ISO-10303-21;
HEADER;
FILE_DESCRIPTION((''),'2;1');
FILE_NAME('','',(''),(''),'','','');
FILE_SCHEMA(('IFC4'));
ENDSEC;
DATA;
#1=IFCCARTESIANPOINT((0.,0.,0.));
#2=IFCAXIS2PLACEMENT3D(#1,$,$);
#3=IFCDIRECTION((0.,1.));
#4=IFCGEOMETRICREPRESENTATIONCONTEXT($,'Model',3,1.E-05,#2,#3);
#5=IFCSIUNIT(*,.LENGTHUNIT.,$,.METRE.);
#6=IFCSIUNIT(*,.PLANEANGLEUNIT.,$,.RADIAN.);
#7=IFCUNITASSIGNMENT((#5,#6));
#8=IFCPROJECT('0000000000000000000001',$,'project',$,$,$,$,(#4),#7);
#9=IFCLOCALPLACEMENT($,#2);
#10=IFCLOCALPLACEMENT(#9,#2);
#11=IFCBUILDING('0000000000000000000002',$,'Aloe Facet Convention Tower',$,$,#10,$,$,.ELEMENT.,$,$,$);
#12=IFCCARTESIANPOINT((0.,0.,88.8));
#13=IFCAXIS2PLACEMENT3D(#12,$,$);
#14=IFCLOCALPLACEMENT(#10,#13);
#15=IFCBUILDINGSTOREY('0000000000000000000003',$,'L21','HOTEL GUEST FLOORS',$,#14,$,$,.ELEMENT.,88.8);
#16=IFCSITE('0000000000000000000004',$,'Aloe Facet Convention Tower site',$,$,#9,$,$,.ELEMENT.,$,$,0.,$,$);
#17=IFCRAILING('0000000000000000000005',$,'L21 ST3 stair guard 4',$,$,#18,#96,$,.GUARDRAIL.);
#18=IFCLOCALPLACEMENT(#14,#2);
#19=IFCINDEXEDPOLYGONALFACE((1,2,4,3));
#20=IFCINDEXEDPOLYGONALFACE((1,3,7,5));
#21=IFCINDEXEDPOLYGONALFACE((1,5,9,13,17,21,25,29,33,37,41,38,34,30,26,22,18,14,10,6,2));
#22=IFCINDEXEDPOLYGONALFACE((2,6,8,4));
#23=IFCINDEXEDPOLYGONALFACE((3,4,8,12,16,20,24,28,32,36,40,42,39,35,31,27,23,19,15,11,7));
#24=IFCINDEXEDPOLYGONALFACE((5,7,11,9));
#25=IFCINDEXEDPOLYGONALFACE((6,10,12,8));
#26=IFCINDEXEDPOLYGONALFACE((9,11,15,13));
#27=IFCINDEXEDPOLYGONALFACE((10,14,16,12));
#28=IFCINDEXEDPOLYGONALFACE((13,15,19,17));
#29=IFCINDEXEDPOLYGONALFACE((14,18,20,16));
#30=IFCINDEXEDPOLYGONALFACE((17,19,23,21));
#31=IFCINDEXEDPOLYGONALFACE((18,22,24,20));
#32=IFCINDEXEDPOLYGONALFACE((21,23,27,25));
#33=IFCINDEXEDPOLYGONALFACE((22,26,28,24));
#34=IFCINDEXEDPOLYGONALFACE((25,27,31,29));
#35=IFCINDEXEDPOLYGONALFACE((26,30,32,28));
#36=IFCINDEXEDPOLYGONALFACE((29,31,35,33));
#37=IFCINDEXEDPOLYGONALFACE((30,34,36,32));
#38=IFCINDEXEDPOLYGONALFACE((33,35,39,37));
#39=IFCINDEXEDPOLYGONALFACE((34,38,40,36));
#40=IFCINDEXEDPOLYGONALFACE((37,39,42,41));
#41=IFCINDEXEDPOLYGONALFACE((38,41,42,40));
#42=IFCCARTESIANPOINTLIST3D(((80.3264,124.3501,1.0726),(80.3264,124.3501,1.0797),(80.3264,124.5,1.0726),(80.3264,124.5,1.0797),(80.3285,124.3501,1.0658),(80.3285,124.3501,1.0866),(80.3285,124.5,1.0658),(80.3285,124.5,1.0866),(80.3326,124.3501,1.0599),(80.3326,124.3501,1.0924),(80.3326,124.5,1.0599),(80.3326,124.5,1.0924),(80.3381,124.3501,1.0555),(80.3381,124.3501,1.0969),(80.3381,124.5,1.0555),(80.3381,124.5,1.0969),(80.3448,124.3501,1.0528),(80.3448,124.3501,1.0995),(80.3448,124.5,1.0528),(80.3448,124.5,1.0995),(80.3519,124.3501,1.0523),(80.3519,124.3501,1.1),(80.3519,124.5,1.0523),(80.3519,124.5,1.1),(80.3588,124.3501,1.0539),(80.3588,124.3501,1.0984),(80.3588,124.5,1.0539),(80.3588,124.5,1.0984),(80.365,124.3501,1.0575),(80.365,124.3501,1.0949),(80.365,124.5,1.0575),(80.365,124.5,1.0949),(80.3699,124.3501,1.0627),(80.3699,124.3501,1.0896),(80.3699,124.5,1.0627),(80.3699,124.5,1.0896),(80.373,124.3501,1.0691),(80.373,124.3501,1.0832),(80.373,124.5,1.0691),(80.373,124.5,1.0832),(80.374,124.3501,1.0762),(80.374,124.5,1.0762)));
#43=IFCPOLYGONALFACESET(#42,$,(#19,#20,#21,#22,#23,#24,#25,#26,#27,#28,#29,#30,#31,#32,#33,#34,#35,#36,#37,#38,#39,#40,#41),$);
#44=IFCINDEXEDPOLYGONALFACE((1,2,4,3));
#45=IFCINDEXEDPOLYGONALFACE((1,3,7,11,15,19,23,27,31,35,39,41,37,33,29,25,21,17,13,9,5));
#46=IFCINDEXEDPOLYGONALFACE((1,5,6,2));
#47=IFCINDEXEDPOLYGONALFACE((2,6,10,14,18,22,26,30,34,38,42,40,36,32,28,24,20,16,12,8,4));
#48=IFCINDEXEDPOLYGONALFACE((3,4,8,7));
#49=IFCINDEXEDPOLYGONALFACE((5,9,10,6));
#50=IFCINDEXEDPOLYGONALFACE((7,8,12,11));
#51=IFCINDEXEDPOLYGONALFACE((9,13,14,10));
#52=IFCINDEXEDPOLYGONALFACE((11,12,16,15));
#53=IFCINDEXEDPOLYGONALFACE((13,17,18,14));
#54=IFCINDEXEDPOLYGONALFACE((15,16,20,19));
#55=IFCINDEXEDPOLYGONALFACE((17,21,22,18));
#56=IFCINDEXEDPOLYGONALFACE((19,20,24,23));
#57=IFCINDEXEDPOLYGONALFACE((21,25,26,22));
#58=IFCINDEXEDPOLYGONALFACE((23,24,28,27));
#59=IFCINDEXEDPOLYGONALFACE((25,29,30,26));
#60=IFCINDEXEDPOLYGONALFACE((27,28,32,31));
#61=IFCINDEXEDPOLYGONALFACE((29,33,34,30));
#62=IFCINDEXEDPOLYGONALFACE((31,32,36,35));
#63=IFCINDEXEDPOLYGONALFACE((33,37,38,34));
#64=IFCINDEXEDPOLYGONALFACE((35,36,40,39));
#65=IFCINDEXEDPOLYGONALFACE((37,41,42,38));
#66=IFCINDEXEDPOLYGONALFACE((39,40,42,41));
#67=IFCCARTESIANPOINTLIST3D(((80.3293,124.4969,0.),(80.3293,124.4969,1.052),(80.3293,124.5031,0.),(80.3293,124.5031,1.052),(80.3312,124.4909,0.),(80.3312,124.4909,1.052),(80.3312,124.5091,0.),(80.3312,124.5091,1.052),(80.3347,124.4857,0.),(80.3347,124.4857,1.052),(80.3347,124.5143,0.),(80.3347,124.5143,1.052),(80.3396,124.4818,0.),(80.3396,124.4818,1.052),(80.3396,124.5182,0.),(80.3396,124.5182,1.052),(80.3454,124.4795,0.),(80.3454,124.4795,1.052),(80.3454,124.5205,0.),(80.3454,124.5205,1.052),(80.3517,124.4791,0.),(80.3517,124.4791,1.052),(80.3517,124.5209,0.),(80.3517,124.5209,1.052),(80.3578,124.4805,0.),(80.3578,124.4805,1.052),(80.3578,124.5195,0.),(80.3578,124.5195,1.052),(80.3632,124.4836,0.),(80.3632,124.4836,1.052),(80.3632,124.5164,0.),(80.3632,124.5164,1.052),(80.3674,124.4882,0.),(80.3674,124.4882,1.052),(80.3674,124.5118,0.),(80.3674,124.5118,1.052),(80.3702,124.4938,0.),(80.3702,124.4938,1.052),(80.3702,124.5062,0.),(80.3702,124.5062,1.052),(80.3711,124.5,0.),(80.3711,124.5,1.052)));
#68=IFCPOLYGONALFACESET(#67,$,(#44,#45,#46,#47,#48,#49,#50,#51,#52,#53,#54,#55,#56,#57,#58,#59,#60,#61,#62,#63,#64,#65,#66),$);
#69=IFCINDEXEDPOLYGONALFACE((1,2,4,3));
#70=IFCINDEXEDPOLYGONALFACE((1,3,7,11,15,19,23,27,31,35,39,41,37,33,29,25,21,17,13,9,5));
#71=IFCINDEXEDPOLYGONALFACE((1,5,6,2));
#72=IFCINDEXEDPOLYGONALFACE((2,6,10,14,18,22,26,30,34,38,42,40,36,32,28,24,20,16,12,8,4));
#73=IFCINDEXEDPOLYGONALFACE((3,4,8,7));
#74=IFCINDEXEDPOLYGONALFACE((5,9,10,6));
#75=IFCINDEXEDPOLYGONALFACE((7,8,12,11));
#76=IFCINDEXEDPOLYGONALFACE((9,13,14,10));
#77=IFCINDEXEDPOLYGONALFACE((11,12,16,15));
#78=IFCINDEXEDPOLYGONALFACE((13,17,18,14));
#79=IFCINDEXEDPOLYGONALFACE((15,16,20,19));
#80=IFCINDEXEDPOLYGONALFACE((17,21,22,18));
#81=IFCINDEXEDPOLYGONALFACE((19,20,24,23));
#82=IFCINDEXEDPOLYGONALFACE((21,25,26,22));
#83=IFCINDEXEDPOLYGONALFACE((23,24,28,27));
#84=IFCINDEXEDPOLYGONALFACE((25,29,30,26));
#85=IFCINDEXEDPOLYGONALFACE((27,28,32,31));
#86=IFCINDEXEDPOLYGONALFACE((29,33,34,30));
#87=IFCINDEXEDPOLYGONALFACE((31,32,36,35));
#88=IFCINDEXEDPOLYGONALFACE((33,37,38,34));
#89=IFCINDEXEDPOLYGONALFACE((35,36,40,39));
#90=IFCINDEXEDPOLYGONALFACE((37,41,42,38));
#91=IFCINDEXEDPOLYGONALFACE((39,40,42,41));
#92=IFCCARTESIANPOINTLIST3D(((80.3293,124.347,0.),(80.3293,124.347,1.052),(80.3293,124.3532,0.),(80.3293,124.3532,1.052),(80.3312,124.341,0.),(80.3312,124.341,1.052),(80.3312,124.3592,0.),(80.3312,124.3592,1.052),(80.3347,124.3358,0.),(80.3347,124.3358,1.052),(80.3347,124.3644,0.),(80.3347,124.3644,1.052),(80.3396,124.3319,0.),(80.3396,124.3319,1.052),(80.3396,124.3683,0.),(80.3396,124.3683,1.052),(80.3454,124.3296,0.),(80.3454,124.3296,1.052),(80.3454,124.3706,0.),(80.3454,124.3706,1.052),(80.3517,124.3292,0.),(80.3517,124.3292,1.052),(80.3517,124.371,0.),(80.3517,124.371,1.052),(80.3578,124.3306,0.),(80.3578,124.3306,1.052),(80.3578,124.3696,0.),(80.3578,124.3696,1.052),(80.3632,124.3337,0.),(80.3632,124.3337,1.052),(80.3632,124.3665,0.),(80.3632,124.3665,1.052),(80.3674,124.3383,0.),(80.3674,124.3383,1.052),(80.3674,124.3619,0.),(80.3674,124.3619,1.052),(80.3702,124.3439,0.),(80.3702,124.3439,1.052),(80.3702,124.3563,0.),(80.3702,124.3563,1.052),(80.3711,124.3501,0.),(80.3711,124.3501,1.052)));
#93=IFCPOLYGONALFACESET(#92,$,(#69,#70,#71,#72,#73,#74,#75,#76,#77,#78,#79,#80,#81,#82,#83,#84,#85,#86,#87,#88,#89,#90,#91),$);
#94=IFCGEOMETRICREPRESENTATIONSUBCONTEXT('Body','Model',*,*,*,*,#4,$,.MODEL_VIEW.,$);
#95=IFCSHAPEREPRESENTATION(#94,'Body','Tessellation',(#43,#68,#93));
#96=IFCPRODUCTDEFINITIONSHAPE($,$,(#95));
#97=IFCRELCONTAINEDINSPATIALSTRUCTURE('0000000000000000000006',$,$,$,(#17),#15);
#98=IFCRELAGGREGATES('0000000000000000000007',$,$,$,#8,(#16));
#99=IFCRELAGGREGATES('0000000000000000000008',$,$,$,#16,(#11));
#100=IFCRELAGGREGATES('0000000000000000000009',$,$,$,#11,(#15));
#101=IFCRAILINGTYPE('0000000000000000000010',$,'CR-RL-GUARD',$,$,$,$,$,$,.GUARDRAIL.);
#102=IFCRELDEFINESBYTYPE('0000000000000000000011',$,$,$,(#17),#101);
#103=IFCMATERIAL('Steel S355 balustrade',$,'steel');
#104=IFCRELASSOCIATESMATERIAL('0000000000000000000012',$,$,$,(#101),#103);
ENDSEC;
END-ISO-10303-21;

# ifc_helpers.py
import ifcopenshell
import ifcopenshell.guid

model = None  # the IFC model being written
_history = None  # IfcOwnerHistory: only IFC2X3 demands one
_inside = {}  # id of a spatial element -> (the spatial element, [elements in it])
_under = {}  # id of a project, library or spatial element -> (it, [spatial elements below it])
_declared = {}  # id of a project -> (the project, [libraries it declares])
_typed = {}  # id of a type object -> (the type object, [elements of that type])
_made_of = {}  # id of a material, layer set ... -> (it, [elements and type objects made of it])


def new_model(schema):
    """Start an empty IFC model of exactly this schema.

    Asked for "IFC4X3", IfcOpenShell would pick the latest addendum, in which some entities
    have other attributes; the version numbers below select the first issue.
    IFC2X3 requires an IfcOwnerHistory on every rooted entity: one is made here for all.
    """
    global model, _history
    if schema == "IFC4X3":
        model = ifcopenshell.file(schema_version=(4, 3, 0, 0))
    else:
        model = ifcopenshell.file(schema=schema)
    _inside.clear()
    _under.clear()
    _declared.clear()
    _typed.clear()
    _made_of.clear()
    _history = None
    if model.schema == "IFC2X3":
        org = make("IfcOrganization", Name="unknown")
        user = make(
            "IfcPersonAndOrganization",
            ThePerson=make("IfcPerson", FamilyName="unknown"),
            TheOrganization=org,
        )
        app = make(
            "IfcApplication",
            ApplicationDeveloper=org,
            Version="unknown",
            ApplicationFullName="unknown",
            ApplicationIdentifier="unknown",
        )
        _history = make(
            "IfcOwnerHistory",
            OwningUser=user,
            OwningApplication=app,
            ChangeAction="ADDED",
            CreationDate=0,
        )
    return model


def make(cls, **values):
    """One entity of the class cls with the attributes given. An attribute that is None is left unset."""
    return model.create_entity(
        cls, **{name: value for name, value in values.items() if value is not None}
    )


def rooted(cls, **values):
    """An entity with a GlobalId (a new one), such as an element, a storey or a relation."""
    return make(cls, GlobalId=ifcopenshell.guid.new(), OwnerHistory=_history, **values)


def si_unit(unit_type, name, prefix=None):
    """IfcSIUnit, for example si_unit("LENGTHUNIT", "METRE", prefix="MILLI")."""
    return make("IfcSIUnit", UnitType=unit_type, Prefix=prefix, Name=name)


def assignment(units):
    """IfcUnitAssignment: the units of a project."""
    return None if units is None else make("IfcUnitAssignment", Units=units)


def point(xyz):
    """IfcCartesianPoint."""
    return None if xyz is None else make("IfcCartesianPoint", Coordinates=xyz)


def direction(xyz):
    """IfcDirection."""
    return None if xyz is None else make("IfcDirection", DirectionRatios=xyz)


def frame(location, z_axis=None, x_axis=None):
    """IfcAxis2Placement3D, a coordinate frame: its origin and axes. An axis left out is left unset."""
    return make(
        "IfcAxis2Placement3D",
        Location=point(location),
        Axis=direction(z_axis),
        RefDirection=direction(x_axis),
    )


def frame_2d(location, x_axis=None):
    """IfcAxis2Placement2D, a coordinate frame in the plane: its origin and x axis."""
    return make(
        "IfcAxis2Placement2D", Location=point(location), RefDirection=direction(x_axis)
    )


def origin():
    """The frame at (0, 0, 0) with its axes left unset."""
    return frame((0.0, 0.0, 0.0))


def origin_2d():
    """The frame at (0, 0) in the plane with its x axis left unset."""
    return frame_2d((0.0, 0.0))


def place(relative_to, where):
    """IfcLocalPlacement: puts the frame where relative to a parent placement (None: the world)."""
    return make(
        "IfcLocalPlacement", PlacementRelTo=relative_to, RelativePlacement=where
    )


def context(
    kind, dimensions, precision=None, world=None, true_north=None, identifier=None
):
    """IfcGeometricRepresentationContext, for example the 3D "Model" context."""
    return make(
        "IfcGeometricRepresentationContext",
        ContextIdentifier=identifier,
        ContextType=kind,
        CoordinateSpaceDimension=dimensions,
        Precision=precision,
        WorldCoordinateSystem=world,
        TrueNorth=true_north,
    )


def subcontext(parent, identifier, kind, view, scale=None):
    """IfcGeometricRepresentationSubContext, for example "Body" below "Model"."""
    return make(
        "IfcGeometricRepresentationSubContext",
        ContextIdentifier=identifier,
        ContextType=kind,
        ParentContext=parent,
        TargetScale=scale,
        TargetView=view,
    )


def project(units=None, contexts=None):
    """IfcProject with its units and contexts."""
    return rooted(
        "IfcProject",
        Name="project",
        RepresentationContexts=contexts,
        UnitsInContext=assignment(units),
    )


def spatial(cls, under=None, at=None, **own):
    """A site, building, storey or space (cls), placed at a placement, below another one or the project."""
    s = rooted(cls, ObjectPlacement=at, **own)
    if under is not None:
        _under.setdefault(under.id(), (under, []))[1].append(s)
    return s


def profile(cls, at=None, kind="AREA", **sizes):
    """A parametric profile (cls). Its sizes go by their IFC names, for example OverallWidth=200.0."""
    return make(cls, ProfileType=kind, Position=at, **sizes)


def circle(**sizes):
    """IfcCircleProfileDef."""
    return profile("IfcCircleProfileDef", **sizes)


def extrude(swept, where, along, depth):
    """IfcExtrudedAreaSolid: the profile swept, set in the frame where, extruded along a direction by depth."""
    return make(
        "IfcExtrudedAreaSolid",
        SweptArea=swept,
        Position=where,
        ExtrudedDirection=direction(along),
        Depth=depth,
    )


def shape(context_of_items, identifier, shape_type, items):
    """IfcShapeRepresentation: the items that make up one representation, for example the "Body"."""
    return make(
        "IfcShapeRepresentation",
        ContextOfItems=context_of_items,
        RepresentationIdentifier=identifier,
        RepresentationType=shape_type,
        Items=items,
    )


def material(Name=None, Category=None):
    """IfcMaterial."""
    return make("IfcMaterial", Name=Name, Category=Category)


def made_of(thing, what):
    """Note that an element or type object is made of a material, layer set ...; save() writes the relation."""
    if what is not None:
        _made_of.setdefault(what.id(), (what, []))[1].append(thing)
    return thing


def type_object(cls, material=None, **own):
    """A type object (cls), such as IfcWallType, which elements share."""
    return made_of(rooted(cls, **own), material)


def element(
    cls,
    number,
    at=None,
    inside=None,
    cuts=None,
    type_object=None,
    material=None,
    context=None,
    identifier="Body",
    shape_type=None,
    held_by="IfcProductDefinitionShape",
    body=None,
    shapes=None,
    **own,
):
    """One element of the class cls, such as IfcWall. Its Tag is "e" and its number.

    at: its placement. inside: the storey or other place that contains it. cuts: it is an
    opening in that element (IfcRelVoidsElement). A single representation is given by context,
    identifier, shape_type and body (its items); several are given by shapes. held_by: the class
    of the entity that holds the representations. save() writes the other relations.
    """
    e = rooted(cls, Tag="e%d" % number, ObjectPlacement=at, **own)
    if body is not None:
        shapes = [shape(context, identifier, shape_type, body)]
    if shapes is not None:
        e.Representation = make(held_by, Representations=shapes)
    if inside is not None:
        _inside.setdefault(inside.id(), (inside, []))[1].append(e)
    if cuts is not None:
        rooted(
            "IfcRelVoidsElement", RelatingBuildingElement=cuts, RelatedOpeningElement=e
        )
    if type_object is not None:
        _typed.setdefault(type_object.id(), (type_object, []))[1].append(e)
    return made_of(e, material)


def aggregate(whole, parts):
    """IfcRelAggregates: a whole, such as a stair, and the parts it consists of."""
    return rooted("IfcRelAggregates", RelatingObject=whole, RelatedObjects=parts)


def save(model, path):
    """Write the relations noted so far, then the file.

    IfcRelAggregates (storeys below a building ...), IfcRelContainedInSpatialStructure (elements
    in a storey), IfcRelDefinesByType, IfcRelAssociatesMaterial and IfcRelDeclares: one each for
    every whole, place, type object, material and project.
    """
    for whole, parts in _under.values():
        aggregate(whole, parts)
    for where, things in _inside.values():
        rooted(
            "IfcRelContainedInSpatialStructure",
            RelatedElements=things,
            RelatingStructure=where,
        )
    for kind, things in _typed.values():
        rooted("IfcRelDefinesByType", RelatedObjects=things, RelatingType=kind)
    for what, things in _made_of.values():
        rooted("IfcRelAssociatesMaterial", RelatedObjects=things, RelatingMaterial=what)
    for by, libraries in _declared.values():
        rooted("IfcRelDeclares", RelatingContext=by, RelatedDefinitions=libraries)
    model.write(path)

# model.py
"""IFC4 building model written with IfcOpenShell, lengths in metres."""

from ifc_helpers import new_model, si_unit, direction, frame, origin, origin_2d, place, context, subcontext, project, spatial, circle, extrude, material, type_object, element, save


model = new_model("IFC4")

# Units and contexts
model_context = context("Model", 3, precision=1e-05, world=origin(), true_north=direction((0.0, 1.0)))
body_context = subcontext(model_context, "Body", "Model", "MODEL_VIEW")
ifc_project = project(units=[si_unit("LENGTHUNIT", "METRE"), si_unit("PLANEANGLEUNIT", "RADIAN")], contexts=[model_context])

# Site, building, storey
site_placement = place(None, origin())
site = spatial("IfcSite", under=ifc_project, at=site_placement, Name="Aloe Facet Convention Tower site", CompositionType="ELEMENT", RefElevation=0.0)
building_placement = place(site_placement, origin())
building = spatial("IfcBuilding", under=site, at=building_placement, Name="Aloe Facet Convention Tower", CompositionType="ELEMENT")
storey_placement = place(building_placement, frame((0.0, 0.0, 88.8)))
storey = spatial("IfcBuildingStorey", under=building, at=storey_placement, Name="L21", Description="HOTEL GUEST FLOORS", CompositionType="ELEMENT", Elevation=88.8)

# Railing
ifc_material_1 = material(Name="Steel S355 balustrade", Category="steel")
railing_type_1 = type_object("IfcRailingType", Name="CR-RL-GUARD", PredefinedType="GUARDRAIL", material=ifc_material_1)
railing_1_placement = place(storey_placement, frame((80.3501, 124.5, 0.0)))
element("IfcRailing", 1, at=railing_1_placement, inside=storey, type_object=railing_type_1, Name="L21 ST3 stair guard 4", PredefinedType="GUARDRAIL", context=body_context, shape_type="SweptSolid", body=[
    extrude(circle(Radius=0.0239, at=origin_2d()), frame((0.0, 0.0, 1.0762), z_axis=(0.0, -1.0, 0.0), x_axis=(1.0, 0.0, 0.0)), (0.0, 0.0, 1.0), 0.1499),
    extrude(circle(Radius=0.021, at=origin_2d()), origin(), (0.0, 0.0, 1.0), 1.052),
    extrude(circle(Radius=0.021, at=origin_2d()), frame((0.0, -0.1499, 0.0)), (0.0, 0.0, 1.0), 1.052),
])

save(model, "model.ifc")
